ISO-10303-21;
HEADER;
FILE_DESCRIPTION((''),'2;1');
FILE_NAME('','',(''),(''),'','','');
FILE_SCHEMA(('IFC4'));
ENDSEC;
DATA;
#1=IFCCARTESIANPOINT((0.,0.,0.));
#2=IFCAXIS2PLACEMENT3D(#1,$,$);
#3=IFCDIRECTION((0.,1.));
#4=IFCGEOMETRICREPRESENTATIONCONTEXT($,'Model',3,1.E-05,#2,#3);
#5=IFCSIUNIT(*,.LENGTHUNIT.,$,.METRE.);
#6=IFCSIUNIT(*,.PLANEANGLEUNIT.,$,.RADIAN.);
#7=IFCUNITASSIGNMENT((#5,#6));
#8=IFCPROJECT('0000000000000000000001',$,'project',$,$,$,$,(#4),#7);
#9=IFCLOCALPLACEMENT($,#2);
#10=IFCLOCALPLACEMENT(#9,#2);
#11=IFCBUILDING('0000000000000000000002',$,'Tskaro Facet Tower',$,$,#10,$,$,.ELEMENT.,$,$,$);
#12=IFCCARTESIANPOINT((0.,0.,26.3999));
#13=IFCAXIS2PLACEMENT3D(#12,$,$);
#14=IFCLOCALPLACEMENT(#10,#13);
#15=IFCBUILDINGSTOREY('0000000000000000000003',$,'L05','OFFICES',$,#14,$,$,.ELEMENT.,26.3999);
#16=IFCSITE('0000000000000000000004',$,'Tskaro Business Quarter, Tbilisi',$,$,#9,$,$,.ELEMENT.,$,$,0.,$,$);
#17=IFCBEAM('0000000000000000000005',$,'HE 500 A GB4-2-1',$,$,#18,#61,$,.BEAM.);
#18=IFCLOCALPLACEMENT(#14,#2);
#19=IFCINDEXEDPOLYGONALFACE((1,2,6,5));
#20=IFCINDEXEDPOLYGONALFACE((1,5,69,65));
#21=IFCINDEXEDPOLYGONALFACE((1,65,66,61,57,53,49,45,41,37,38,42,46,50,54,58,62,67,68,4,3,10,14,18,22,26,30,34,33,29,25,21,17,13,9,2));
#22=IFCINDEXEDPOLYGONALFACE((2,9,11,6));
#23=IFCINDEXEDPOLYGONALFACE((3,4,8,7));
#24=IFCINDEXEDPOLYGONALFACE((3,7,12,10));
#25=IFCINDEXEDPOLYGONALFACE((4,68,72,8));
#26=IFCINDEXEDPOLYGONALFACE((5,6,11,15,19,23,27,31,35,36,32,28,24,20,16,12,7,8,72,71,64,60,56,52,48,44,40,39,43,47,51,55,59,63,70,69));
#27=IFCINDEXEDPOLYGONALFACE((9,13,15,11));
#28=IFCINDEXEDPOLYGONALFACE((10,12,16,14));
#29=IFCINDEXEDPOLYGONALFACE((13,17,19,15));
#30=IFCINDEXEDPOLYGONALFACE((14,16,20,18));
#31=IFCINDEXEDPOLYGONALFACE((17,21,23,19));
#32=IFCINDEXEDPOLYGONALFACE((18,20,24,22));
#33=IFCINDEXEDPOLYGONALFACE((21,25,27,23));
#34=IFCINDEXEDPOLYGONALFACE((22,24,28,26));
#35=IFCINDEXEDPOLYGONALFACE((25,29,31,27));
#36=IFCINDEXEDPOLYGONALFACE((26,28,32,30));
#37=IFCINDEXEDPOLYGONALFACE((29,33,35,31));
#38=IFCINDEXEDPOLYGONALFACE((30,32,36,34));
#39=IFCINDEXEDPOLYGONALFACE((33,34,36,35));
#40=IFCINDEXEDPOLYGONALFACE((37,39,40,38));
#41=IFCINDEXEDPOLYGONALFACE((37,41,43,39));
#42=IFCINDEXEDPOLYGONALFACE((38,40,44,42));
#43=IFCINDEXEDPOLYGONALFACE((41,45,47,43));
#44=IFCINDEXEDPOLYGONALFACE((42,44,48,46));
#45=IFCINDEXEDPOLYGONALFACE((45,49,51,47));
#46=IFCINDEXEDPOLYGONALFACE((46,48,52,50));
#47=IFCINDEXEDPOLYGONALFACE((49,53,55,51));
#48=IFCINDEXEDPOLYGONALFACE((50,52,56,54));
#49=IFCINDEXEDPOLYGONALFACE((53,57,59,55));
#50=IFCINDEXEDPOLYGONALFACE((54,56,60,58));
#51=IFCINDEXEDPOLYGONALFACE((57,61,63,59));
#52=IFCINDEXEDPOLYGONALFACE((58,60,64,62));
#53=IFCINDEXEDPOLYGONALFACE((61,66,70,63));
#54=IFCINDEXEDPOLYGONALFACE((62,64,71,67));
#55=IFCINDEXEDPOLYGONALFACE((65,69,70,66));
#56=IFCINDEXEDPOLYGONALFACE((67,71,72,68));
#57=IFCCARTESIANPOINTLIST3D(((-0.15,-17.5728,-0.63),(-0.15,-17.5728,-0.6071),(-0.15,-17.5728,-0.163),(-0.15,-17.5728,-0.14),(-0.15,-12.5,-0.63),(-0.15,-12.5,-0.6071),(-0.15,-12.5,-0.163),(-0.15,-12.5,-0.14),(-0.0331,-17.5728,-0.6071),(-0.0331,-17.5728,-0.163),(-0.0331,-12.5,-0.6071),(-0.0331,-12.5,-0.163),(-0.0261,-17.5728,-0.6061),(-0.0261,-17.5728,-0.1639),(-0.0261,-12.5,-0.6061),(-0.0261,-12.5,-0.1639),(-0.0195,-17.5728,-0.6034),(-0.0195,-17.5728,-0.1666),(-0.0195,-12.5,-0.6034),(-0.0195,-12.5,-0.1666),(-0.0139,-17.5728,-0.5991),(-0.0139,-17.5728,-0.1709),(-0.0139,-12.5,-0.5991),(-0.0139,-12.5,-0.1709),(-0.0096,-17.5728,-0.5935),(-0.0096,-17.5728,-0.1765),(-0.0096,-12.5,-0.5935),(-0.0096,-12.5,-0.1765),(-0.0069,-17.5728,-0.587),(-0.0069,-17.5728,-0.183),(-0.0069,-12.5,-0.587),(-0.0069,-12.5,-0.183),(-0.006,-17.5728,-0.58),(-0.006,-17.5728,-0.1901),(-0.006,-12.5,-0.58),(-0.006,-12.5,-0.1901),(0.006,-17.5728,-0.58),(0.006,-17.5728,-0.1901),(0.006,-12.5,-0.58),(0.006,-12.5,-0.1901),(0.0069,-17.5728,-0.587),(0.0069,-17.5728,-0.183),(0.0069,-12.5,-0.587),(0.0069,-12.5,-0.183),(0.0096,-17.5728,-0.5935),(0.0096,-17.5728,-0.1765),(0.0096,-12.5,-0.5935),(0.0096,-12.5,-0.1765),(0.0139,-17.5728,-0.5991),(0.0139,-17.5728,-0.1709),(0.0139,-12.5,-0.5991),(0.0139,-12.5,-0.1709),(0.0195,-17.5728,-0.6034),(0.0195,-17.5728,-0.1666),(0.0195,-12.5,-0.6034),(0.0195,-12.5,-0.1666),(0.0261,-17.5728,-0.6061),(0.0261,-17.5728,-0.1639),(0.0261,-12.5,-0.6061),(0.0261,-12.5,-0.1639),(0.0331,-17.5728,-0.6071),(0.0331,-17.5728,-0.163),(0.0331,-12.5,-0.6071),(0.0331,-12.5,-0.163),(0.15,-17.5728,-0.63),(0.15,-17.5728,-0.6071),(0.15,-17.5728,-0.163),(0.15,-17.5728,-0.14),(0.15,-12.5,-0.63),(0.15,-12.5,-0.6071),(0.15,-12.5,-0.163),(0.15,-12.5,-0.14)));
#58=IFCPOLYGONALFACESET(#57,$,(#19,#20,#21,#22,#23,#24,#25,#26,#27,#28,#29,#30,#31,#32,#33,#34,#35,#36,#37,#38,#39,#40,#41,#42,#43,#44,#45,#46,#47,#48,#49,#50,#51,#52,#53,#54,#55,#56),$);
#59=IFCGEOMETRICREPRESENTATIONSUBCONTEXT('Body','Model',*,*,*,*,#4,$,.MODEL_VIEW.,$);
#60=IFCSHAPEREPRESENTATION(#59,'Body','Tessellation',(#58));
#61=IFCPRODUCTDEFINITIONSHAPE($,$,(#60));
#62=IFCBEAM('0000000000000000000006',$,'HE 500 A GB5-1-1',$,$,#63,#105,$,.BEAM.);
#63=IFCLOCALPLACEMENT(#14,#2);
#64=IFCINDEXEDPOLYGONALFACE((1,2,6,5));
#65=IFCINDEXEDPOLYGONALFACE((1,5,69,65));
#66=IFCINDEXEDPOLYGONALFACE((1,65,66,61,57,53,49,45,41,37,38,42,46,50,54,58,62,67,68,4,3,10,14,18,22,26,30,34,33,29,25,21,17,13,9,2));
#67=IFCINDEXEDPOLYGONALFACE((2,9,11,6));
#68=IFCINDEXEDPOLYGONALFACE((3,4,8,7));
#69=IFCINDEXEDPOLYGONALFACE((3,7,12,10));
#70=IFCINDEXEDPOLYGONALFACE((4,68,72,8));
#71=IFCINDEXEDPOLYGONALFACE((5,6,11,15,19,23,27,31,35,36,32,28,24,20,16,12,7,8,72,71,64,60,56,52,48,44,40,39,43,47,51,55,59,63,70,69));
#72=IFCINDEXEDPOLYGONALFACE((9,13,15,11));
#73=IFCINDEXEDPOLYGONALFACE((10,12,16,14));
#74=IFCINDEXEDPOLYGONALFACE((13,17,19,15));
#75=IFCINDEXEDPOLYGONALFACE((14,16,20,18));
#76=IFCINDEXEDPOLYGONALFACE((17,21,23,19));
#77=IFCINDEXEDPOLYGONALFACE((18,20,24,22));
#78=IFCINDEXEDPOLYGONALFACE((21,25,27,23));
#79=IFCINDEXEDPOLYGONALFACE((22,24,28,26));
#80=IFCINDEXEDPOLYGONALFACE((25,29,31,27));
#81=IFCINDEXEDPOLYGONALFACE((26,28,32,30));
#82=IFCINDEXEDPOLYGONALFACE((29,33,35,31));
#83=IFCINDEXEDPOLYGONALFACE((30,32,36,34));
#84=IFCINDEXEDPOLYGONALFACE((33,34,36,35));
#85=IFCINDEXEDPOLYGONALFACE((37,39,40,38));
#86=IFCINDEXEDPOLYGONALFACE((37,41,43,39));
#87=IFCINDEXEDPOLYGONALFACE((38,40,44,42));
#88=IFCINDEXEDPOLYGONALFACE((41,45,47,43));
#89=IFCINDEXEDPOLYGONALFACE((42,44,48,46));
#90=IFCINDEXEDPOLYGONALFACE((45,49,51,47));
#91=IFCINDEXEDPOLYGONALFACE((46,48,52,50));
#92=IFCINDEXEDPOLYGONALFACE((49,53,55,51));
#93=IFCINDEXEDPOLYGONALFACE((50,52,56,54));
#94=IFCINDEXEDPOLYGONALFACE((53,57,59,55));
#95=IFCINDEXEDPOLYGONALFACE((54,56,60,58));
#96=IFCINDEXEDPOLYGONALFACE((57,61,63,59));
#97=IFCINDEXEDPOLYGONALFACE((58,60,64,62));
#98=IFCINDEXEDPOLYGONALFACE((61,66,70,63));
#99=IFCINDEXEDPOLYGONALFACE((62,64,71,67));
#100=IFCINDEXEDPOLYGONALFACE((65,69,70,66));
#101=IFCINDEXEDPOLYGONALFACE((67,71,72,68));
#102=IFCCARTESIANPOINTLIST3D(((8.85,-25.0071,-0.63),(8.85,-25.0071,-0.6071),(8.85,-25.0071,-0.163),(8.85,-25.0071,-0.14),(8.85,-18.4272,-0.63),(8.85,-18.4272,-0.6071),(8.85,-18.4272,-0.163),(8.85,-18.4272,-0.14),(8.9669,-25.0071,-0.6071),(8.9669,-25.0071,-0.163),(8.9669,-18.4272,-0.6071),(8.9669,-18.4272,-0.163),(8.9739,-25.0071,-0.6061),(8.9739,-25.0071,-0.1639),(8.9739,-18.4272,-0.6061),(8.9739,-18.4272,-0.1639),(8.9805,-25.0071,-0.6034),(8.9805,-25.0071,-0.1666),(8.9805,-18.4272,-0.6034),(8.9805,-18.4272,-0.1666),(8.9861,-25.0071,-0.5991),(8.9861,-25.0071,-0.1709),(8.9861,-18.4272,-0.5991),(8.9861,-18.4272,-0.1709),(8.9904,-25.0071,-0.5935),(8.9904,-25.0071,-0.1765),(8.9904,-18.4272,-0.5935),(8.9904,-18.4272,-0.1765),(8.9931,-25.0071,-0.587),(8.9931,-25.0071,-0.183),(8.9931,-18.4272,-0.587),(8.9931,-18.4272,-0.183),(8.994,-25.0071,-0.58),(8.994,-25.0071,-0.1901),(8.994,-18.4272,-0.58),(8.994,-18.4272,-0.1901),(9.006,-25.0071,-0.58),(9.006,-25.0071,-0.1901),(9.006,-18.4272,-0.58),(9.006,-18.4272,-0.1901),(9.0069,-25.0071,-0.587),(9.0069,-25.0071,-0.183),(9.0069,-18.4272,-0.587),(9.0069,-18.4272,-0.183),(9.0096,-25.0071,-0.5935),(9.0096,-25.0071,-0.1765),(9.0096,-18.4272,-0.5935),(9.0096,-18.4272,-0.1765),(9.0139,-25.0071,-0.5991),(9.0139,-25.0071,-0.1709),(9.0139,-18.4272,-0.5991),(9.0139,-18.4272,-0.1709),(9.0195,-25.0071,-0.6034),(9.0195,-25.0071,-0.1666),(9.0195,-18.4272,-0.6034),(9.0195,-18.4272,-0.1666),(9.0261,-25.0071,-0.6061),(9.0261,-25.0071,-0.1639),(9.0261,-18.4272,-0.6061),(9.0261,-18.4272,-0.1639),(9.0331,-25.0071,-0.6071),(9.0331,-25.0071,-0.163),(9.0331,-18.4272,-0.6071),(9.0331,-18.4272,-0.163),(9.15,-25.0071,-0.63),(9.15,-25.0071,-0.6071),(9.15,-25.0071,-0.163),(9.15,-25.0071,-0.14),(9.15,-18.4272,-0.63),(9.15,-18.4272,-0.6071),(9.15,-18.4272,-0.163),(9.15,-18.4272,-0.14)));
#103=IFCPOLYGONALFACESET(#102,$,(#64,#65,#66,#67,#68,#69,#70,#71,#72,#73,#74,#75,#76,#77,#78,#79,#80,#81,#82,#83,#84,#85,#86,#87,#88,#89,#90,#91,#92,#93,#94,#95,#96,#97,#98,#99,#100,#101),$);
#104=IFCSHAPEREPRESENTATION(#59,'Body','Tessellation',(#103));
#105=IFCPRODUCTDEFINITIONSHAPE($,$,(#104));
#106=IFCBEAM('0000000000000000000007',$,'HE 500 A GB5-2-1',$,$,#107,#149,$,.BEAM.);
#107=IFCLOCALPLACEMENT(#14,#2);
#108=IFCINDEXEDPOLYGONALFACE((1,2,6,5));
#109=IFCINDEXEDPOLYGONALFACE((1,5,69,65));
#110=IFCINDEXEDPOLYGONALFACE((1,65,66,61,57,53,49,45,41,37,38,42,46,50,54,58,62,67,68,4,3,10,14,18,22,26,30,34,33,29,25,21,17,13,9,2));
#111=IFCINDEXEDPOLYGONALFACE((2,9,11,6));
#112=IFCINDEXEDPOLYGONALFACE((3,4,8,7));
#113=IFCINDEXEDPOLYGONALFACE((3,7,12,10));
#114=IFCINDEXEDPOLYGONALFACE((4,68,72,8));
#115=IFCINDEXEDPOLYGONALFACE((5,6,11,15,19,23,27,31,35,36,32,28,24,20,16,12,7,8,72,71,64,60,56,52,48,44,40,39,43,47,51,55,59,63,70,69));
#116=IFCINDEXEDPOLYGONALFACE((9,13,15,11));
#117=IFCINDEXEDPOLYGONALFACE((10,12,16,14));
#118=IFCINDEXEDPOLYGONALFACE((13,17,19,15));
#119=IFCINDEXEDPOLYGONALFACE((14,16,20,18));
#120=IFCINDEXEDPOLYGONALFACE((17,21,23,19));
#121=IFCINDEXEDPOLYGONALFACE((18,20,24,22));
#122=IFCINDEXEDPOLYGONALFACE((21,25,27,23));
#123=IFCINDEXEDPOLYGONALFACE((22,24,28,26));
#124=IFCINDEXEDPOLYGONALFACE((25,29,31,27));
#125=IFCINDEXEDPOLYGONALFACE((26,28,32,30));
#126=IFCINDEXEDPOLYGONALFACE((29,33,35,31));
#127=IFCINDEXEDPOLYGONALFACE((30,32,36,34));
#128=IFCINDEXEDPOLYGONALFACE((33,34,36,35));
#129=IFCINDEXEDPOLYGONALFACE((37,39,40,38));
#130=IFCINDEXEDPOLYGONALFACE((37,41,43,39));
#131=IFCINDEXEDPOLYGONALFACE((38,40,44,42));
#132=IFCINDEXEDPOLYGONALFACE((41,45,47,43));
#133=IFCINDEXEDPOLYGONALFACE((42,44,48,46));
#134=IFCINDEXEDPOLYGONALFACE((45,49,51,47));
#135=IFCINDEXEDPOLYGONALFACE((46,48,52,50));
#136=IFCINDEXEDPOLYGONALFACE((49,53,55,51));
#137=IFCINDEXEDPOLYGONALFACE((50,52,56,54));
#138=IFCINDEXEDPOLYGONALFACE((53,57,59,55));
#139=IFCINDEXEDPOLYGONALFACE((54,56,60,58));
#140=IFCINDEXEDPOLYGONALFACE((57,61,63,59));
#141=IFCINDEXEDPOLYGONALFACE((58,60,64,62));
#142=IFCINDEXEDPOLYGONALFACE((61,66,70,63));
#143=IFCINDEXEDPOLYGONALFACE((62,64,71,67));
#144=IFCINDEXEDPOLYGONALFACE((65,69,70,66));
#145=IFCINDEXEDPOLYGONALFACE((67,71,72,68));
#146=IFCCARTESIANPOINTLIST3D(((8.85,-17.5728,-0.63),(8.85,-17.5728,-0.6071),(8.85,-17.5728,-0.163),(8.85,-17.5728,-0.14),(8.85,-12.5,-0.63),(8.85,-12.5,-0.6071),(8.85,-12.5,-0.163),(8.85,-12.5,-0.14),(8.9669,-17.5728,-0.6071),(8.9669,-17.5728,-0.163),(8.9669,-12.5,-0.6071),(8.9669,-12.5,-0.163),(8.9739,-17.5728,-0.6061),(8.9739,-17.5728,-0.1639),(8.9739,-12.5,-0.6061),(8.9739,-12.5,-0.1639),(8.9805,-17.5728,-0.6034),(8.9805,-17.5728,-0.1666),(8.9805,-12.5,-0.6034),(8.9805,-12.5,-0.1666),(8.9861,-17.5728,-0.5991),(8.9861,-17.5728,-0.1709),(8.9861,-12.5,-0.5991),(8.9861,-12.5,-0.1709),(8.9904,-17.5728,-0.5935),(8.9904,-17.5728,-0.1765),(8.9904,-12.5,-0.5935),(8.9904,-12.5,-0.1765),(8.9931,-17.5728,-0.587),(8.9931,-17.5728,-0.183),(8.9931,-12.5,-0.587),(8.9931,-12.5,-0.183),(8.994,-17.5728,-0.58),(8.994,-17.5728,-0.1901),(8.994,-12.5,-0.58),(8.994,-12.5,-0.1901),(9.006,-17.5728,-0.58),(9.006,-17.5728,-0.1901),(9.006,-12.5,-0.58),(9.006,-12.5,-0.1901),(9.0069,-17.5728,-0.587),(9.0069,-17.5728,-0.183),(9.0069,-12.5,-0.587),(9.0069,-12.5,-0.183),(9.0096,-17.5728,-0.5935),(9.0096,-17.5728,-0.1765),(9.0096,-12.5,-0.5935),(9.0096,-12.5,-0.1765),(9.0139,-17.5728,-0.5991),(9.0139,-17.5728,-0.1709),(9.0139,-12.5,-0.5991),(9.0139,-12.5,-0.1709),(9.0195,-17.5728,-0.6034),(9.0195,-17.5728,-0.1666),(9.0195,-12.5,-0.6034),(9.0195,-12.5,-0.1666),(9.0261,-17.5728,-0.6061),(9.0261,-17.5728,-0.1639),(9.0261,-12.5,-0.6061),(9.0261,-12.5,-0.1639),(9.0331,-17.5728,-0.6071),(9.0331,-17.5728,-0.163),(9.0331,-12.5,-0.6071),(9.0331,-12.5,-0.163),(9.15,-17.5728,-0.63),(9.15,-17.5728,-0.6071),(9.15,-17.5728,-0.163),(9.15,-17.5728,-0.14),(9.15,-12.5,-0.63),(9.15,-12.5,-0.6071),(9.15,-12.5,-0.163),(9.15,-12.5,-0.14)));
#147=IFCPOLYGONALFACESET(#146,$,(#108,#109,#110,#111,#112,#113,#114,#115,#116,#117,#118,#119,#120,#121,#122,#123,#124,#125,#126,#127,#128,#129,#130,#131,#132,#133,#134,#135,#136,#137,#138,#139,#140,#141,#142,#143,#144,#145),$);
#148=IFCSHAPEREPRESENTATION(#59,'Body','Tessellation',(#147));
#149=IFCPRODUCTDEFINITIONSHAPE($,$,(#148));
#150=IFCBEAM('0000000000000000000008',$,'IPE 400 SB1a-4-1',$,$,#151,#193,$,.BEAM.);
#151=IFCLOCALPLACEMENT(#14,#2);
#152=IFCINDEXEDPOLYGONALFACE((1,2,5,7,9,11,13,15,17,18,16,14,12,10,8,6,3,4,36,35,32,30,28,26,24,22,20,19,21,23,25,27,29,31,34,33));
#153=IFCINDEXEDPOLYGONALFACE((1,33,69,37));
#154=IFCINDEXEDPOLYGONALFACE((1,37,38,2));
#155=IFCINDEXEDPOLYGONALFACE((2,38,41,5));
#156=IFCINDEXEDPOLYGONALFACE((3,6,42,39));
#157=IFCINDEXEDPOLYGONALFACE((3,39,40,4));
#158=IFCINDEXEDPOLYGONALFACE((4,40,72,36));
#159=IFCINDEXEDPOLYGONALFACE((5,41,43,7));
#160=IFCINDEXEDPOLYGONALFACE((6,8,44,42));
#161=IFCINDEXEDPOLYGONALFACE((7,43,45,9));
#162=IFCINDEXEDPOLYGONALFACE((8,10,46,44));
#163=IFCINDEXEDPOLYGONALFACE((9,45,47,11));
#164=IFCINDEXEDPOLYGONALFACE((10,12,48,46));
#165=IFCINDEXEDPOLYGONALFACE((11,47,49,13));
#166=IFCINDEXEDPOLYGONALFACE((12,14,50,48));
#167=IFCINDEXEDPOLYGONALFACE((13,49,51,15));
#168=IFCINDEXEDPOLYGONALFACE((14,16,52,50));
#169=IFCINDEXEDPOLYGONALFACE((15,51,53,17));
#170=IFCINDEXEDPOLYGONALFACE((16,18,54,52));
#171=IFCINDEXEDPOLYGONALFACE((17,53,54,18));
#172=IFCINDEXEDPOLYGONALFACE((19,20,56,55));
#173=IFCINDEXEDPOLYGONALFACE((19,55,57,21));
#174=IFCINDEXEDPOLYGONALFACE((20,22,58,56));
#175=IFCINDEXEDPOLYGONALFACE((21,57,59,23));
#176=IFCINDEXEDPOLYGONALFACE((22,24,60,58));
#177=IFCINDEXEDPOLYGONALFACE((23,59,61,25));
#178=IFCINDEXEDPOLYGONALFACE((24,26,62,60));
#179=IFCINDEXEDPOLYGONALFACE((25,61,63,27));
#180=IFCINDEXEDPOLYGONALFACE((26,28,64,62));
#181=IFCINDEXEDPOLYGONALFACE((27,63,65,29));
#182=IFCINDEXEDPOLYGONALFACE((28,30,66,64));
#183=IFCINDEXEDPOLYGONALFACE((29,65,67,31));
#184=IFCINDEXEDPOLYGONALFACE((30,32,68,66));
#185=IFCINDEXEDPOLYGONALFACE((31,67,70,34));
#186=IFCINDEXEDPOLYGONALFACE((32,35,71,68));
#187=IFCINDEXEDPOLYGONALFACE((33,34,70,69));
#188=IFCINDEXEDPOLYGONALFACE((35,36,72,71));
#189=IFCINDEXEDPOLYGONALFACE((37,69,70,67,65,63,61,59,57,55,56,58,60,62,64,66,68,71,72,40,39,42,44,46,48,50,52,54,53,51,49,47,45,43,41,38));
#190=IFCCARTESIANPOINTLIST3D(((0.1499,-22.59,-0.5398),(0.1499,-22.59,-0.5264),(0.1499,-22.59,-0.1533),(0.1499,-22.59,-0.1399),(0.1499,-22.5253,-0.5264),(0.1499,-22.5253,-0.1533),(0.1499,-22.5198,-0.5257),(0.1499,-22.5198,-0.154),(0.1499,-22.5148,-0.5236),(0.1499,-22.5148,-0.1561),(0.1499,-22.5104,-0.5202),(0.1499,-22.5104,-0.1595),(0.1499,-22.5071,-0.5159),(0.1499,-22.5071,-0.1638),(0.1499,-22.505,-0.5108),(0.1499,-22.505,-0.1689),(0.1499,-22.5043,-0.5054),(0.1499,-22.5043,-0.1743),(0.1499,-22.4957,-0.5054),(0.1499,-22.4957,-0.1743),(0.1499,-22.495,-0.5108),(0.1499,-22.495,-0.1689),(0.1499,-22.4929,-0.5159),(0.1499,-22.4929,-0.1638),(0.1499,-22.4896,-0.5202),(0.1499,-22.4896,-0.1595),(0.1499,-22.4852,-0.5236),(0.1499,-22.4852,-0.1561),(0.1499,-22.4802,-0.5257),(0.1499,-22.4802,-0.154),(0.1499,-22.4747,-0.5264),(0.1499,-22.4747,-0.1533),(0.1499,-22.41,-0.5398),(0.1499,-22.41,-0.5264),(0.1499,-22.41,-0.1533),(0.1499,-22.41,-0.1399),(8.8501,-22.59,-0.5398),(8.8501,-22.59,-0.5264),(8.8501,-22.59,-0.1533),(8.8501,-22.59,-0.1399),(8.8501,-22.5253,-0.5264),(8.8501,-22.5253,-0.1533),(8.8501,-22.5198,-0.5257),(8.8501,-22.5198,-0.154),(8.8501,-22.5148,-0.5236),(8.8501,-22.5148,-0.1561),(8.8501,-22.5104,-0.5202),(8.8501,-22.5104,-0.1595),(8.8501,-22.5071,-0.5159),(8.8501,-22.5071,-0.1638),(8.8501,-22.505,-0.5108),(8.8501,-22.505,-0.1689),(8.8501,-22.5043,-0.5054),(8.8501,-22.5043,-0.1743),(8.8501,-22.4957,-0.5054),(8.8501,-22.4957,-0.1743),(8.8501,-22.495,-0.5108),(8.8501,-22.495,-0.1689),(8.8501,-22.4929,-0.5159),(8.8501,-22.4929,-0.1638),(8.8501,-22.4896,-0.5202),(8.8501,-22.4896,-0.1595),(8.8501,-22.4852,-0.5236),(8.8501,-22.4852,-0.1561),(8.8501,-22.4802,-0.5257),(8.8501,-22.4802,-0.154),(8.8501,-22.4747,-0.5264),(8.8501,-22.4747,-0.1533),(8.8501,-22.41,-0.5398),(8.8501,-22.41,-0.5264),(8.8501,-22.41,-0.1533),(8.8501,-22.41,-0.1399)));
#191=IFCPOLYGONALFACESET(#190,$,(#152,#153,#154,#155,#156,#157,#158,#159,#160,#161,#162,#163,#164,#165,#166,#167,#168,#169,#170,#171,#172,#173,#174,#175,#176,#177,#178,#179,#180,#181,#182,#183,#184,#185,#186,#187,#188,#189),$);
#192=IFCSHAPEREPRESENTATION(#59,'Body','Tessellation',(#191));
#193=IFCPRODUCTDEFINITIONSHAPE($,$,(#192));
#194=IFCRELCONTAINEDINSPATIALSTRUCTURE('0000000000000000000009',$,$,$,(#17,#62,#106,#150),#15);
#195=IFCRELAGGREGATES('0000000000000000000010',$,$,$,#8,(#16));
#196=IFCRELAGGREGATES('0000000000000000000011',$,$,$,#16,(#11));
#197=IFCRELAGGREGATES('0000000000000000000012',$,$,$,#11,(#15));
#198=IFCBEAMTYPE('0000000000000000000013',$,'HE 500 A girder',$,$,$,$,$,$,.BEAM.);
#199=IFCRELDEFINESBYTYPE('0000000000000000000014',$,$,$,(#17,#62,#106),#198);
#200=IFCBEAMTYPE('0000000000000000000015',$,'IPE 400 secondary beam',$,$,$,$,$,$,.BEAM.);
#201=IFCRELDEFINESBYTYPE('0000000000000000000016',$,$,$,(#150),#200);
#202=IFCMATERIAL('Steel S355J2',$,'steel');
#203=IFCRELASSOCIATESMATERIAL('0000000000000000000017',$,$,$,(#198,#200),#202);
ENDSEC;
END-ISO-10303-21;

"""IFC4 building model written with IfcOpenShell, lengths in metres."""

from ifc_helpers import new_model, si_unit, direction, frame, origin, origin_2d, place, context, subcontext, project, spatial, i_section, extrude, material, material_profile, profile_set, type_object, element, save


model = new_model("IFC4")

# Units and contexts
model_context = context("Model", 3, precision=1e-05, world=origin(), true_north=direction((0.0, 1.0)))
body_context = subcontext(model_context, "Body", "Model", "MODEL_VIEW")
ifc_project = project(units=[si_unit("LENGTHUNIT", "METRE"), si_unit("PLANEANGLEUNIT", "RADIAN")], contexts=[model_context])

# Site, building, storey
site_placement = place(None, origin())
site = spatial("IfcSite", under=ifc_project, at=site_placement, Name="Tskaro Business Quarter, Tbilisi", CompositionType="ELEMENT", RefElevation=0.0)
building_placement = place(site_placement, origin())
building = spatial("IfcBuilding", under=site, at=building_placement, Name="Tskaro Facet Tower", CompositionType="ELEMENT")
storey_placement = place(building_placement, frame((0.0, 0.0, 26.3999)))
storey = spatial("IfcBuildingStorey", under=building, at=storey_placement, Name="L05", Description="OFFICES", CompositionType="ELEMENT", Elevation=26.3999)

# Beams
ifc_material_1 = material(Name="Steel S355J2", Category="steel")
ifc_material_profile_1 = material_profile(ifc_material_1, i_section(OverallWidth=0.3, OverallDepth=0.49, WebThickness=0.012, FlangeThickness=0.0229, FilletRadius=0.0271, at=origin_2d()), Name="HE 500 A")
ifc_profile_set_1 = profile_set([ifc_material_profile_1], Name="Steel S355J2")
beam_type_1 = type_object("IfcBeamType", Name="HE 500 A girder", PredefinedType="BEAM", material=ifc_profile_set_1)
beam_1_placement = place(storey_placement, frame((0.0, -17.5728, -0.385), z_axis=(0.0, 1.0, 0.0), x_axis=(-1.0, 0.0, 0.0)))
element("IfcBeam", 1, at=beam_1_placement, inside=storey, type_object=beam_type_1, Name="HE 500 A GB4-2-1", PredefinedType="BEAM", context=body_context, shape_type="SweptSolid", body=[
    extrude(i_section(OverallWidth=0.3, OverallDepth=0.49, WebThickness=0.012, FlangeThickness=0.0229, FilletRadius=0.0271, at=origin_2d()), origin(), (0.0, 0.0, 1.0), 5.0728),
])
beam_2_placement = place(storey_placement, frame((9.0, -25.0071, -0.385), z_axis=(0.0, 1.0, 0.0), x_axis=(-1.0, 0.0, 0.0)))
element("IfcBeam", 2, at=beam_2_placement, inside=storey, type_object=beam_type_1, Name="HE 500 A GB5-1-1", PredefinedType="BEAM", context=body_context, shape_type="SweptSolid", body=[
    extrude(i_section(OverallWidth=0.3, OverallDepth=0.49, WebThickness=0.012, FlangeThickness=0.0229, FilletRadius=0.0271, at=origin_2d()), origin(), (0.0, 0.0, 1.0), 6.5798),
])
beam_3_placement = place(storey_placement, frame((9.0, -17.5728, -0.385), z_axis=(0.0, 1.0, 0.0), x_axis=(-1.0, 0.0, 0.0)))
element("IfcBeam", 3, at=beam_3_placement, inside=storey, type_object=beam_type_1, Name="HE 500 A GB5-2-1", PredefinedType="BEAM", context=body_context, shape_type="SweptSolid", body=[
    extrude(i_section(OverallWidth=0.3, OverallDepth=0.49, WebThickness=0.012, FlangeThickness=0.0229, FilletRadius=0.0271, at=origin_2d()), origin(), (0.0, 0.0, 1.0), 5.0728),
])
ifc_material_profile_2 = material_profile(ifc_material_1, i_section(OverallWidth=0.1799, OverallDepth=0.3999, WebThickness=0.0085, FlangeThickness=0.0134, FilletRadius=0.021, at=origin_2d()), Name="IPE 400")
ifc_profile_set_2 = profile_set([ifc_material_profile_2], Name="Steel S355J2")
beam_type_2 = type_object("IfcBeamType", Name="IPE 400 secondary beam", PredefinedType="BEAM", material=ifc_profile_set_2)
for number, where, z_axis, x_axis, name in (
    (4, (0.1499, -22.5, -0.3398), (1.0, 0.0, 0.0), (0.0, 1.0, 0.0), "IPE 400 SB1a-4-1"),
):
    element("IfcBeam", number, at=place(storey_placement, frame(where, z_axis=z_axis, x_axis=x_axis)), inside=storey, type_object=beam_type_2, Name=name, PredefinedType="BEAM", context=body_context, shape_type="SweptSolid", body=[
        extrude(i_section(OverallWidth=0.1799, OverallDepth=0.3999, WebThickness=0.0085, FlangeThickness=0.0134, FilletRadius=0.021, at=origin_2d()), origin(), (0.0, 0.0, 1.0), 8.7002),
    ])

save(model, "model.ifc")
